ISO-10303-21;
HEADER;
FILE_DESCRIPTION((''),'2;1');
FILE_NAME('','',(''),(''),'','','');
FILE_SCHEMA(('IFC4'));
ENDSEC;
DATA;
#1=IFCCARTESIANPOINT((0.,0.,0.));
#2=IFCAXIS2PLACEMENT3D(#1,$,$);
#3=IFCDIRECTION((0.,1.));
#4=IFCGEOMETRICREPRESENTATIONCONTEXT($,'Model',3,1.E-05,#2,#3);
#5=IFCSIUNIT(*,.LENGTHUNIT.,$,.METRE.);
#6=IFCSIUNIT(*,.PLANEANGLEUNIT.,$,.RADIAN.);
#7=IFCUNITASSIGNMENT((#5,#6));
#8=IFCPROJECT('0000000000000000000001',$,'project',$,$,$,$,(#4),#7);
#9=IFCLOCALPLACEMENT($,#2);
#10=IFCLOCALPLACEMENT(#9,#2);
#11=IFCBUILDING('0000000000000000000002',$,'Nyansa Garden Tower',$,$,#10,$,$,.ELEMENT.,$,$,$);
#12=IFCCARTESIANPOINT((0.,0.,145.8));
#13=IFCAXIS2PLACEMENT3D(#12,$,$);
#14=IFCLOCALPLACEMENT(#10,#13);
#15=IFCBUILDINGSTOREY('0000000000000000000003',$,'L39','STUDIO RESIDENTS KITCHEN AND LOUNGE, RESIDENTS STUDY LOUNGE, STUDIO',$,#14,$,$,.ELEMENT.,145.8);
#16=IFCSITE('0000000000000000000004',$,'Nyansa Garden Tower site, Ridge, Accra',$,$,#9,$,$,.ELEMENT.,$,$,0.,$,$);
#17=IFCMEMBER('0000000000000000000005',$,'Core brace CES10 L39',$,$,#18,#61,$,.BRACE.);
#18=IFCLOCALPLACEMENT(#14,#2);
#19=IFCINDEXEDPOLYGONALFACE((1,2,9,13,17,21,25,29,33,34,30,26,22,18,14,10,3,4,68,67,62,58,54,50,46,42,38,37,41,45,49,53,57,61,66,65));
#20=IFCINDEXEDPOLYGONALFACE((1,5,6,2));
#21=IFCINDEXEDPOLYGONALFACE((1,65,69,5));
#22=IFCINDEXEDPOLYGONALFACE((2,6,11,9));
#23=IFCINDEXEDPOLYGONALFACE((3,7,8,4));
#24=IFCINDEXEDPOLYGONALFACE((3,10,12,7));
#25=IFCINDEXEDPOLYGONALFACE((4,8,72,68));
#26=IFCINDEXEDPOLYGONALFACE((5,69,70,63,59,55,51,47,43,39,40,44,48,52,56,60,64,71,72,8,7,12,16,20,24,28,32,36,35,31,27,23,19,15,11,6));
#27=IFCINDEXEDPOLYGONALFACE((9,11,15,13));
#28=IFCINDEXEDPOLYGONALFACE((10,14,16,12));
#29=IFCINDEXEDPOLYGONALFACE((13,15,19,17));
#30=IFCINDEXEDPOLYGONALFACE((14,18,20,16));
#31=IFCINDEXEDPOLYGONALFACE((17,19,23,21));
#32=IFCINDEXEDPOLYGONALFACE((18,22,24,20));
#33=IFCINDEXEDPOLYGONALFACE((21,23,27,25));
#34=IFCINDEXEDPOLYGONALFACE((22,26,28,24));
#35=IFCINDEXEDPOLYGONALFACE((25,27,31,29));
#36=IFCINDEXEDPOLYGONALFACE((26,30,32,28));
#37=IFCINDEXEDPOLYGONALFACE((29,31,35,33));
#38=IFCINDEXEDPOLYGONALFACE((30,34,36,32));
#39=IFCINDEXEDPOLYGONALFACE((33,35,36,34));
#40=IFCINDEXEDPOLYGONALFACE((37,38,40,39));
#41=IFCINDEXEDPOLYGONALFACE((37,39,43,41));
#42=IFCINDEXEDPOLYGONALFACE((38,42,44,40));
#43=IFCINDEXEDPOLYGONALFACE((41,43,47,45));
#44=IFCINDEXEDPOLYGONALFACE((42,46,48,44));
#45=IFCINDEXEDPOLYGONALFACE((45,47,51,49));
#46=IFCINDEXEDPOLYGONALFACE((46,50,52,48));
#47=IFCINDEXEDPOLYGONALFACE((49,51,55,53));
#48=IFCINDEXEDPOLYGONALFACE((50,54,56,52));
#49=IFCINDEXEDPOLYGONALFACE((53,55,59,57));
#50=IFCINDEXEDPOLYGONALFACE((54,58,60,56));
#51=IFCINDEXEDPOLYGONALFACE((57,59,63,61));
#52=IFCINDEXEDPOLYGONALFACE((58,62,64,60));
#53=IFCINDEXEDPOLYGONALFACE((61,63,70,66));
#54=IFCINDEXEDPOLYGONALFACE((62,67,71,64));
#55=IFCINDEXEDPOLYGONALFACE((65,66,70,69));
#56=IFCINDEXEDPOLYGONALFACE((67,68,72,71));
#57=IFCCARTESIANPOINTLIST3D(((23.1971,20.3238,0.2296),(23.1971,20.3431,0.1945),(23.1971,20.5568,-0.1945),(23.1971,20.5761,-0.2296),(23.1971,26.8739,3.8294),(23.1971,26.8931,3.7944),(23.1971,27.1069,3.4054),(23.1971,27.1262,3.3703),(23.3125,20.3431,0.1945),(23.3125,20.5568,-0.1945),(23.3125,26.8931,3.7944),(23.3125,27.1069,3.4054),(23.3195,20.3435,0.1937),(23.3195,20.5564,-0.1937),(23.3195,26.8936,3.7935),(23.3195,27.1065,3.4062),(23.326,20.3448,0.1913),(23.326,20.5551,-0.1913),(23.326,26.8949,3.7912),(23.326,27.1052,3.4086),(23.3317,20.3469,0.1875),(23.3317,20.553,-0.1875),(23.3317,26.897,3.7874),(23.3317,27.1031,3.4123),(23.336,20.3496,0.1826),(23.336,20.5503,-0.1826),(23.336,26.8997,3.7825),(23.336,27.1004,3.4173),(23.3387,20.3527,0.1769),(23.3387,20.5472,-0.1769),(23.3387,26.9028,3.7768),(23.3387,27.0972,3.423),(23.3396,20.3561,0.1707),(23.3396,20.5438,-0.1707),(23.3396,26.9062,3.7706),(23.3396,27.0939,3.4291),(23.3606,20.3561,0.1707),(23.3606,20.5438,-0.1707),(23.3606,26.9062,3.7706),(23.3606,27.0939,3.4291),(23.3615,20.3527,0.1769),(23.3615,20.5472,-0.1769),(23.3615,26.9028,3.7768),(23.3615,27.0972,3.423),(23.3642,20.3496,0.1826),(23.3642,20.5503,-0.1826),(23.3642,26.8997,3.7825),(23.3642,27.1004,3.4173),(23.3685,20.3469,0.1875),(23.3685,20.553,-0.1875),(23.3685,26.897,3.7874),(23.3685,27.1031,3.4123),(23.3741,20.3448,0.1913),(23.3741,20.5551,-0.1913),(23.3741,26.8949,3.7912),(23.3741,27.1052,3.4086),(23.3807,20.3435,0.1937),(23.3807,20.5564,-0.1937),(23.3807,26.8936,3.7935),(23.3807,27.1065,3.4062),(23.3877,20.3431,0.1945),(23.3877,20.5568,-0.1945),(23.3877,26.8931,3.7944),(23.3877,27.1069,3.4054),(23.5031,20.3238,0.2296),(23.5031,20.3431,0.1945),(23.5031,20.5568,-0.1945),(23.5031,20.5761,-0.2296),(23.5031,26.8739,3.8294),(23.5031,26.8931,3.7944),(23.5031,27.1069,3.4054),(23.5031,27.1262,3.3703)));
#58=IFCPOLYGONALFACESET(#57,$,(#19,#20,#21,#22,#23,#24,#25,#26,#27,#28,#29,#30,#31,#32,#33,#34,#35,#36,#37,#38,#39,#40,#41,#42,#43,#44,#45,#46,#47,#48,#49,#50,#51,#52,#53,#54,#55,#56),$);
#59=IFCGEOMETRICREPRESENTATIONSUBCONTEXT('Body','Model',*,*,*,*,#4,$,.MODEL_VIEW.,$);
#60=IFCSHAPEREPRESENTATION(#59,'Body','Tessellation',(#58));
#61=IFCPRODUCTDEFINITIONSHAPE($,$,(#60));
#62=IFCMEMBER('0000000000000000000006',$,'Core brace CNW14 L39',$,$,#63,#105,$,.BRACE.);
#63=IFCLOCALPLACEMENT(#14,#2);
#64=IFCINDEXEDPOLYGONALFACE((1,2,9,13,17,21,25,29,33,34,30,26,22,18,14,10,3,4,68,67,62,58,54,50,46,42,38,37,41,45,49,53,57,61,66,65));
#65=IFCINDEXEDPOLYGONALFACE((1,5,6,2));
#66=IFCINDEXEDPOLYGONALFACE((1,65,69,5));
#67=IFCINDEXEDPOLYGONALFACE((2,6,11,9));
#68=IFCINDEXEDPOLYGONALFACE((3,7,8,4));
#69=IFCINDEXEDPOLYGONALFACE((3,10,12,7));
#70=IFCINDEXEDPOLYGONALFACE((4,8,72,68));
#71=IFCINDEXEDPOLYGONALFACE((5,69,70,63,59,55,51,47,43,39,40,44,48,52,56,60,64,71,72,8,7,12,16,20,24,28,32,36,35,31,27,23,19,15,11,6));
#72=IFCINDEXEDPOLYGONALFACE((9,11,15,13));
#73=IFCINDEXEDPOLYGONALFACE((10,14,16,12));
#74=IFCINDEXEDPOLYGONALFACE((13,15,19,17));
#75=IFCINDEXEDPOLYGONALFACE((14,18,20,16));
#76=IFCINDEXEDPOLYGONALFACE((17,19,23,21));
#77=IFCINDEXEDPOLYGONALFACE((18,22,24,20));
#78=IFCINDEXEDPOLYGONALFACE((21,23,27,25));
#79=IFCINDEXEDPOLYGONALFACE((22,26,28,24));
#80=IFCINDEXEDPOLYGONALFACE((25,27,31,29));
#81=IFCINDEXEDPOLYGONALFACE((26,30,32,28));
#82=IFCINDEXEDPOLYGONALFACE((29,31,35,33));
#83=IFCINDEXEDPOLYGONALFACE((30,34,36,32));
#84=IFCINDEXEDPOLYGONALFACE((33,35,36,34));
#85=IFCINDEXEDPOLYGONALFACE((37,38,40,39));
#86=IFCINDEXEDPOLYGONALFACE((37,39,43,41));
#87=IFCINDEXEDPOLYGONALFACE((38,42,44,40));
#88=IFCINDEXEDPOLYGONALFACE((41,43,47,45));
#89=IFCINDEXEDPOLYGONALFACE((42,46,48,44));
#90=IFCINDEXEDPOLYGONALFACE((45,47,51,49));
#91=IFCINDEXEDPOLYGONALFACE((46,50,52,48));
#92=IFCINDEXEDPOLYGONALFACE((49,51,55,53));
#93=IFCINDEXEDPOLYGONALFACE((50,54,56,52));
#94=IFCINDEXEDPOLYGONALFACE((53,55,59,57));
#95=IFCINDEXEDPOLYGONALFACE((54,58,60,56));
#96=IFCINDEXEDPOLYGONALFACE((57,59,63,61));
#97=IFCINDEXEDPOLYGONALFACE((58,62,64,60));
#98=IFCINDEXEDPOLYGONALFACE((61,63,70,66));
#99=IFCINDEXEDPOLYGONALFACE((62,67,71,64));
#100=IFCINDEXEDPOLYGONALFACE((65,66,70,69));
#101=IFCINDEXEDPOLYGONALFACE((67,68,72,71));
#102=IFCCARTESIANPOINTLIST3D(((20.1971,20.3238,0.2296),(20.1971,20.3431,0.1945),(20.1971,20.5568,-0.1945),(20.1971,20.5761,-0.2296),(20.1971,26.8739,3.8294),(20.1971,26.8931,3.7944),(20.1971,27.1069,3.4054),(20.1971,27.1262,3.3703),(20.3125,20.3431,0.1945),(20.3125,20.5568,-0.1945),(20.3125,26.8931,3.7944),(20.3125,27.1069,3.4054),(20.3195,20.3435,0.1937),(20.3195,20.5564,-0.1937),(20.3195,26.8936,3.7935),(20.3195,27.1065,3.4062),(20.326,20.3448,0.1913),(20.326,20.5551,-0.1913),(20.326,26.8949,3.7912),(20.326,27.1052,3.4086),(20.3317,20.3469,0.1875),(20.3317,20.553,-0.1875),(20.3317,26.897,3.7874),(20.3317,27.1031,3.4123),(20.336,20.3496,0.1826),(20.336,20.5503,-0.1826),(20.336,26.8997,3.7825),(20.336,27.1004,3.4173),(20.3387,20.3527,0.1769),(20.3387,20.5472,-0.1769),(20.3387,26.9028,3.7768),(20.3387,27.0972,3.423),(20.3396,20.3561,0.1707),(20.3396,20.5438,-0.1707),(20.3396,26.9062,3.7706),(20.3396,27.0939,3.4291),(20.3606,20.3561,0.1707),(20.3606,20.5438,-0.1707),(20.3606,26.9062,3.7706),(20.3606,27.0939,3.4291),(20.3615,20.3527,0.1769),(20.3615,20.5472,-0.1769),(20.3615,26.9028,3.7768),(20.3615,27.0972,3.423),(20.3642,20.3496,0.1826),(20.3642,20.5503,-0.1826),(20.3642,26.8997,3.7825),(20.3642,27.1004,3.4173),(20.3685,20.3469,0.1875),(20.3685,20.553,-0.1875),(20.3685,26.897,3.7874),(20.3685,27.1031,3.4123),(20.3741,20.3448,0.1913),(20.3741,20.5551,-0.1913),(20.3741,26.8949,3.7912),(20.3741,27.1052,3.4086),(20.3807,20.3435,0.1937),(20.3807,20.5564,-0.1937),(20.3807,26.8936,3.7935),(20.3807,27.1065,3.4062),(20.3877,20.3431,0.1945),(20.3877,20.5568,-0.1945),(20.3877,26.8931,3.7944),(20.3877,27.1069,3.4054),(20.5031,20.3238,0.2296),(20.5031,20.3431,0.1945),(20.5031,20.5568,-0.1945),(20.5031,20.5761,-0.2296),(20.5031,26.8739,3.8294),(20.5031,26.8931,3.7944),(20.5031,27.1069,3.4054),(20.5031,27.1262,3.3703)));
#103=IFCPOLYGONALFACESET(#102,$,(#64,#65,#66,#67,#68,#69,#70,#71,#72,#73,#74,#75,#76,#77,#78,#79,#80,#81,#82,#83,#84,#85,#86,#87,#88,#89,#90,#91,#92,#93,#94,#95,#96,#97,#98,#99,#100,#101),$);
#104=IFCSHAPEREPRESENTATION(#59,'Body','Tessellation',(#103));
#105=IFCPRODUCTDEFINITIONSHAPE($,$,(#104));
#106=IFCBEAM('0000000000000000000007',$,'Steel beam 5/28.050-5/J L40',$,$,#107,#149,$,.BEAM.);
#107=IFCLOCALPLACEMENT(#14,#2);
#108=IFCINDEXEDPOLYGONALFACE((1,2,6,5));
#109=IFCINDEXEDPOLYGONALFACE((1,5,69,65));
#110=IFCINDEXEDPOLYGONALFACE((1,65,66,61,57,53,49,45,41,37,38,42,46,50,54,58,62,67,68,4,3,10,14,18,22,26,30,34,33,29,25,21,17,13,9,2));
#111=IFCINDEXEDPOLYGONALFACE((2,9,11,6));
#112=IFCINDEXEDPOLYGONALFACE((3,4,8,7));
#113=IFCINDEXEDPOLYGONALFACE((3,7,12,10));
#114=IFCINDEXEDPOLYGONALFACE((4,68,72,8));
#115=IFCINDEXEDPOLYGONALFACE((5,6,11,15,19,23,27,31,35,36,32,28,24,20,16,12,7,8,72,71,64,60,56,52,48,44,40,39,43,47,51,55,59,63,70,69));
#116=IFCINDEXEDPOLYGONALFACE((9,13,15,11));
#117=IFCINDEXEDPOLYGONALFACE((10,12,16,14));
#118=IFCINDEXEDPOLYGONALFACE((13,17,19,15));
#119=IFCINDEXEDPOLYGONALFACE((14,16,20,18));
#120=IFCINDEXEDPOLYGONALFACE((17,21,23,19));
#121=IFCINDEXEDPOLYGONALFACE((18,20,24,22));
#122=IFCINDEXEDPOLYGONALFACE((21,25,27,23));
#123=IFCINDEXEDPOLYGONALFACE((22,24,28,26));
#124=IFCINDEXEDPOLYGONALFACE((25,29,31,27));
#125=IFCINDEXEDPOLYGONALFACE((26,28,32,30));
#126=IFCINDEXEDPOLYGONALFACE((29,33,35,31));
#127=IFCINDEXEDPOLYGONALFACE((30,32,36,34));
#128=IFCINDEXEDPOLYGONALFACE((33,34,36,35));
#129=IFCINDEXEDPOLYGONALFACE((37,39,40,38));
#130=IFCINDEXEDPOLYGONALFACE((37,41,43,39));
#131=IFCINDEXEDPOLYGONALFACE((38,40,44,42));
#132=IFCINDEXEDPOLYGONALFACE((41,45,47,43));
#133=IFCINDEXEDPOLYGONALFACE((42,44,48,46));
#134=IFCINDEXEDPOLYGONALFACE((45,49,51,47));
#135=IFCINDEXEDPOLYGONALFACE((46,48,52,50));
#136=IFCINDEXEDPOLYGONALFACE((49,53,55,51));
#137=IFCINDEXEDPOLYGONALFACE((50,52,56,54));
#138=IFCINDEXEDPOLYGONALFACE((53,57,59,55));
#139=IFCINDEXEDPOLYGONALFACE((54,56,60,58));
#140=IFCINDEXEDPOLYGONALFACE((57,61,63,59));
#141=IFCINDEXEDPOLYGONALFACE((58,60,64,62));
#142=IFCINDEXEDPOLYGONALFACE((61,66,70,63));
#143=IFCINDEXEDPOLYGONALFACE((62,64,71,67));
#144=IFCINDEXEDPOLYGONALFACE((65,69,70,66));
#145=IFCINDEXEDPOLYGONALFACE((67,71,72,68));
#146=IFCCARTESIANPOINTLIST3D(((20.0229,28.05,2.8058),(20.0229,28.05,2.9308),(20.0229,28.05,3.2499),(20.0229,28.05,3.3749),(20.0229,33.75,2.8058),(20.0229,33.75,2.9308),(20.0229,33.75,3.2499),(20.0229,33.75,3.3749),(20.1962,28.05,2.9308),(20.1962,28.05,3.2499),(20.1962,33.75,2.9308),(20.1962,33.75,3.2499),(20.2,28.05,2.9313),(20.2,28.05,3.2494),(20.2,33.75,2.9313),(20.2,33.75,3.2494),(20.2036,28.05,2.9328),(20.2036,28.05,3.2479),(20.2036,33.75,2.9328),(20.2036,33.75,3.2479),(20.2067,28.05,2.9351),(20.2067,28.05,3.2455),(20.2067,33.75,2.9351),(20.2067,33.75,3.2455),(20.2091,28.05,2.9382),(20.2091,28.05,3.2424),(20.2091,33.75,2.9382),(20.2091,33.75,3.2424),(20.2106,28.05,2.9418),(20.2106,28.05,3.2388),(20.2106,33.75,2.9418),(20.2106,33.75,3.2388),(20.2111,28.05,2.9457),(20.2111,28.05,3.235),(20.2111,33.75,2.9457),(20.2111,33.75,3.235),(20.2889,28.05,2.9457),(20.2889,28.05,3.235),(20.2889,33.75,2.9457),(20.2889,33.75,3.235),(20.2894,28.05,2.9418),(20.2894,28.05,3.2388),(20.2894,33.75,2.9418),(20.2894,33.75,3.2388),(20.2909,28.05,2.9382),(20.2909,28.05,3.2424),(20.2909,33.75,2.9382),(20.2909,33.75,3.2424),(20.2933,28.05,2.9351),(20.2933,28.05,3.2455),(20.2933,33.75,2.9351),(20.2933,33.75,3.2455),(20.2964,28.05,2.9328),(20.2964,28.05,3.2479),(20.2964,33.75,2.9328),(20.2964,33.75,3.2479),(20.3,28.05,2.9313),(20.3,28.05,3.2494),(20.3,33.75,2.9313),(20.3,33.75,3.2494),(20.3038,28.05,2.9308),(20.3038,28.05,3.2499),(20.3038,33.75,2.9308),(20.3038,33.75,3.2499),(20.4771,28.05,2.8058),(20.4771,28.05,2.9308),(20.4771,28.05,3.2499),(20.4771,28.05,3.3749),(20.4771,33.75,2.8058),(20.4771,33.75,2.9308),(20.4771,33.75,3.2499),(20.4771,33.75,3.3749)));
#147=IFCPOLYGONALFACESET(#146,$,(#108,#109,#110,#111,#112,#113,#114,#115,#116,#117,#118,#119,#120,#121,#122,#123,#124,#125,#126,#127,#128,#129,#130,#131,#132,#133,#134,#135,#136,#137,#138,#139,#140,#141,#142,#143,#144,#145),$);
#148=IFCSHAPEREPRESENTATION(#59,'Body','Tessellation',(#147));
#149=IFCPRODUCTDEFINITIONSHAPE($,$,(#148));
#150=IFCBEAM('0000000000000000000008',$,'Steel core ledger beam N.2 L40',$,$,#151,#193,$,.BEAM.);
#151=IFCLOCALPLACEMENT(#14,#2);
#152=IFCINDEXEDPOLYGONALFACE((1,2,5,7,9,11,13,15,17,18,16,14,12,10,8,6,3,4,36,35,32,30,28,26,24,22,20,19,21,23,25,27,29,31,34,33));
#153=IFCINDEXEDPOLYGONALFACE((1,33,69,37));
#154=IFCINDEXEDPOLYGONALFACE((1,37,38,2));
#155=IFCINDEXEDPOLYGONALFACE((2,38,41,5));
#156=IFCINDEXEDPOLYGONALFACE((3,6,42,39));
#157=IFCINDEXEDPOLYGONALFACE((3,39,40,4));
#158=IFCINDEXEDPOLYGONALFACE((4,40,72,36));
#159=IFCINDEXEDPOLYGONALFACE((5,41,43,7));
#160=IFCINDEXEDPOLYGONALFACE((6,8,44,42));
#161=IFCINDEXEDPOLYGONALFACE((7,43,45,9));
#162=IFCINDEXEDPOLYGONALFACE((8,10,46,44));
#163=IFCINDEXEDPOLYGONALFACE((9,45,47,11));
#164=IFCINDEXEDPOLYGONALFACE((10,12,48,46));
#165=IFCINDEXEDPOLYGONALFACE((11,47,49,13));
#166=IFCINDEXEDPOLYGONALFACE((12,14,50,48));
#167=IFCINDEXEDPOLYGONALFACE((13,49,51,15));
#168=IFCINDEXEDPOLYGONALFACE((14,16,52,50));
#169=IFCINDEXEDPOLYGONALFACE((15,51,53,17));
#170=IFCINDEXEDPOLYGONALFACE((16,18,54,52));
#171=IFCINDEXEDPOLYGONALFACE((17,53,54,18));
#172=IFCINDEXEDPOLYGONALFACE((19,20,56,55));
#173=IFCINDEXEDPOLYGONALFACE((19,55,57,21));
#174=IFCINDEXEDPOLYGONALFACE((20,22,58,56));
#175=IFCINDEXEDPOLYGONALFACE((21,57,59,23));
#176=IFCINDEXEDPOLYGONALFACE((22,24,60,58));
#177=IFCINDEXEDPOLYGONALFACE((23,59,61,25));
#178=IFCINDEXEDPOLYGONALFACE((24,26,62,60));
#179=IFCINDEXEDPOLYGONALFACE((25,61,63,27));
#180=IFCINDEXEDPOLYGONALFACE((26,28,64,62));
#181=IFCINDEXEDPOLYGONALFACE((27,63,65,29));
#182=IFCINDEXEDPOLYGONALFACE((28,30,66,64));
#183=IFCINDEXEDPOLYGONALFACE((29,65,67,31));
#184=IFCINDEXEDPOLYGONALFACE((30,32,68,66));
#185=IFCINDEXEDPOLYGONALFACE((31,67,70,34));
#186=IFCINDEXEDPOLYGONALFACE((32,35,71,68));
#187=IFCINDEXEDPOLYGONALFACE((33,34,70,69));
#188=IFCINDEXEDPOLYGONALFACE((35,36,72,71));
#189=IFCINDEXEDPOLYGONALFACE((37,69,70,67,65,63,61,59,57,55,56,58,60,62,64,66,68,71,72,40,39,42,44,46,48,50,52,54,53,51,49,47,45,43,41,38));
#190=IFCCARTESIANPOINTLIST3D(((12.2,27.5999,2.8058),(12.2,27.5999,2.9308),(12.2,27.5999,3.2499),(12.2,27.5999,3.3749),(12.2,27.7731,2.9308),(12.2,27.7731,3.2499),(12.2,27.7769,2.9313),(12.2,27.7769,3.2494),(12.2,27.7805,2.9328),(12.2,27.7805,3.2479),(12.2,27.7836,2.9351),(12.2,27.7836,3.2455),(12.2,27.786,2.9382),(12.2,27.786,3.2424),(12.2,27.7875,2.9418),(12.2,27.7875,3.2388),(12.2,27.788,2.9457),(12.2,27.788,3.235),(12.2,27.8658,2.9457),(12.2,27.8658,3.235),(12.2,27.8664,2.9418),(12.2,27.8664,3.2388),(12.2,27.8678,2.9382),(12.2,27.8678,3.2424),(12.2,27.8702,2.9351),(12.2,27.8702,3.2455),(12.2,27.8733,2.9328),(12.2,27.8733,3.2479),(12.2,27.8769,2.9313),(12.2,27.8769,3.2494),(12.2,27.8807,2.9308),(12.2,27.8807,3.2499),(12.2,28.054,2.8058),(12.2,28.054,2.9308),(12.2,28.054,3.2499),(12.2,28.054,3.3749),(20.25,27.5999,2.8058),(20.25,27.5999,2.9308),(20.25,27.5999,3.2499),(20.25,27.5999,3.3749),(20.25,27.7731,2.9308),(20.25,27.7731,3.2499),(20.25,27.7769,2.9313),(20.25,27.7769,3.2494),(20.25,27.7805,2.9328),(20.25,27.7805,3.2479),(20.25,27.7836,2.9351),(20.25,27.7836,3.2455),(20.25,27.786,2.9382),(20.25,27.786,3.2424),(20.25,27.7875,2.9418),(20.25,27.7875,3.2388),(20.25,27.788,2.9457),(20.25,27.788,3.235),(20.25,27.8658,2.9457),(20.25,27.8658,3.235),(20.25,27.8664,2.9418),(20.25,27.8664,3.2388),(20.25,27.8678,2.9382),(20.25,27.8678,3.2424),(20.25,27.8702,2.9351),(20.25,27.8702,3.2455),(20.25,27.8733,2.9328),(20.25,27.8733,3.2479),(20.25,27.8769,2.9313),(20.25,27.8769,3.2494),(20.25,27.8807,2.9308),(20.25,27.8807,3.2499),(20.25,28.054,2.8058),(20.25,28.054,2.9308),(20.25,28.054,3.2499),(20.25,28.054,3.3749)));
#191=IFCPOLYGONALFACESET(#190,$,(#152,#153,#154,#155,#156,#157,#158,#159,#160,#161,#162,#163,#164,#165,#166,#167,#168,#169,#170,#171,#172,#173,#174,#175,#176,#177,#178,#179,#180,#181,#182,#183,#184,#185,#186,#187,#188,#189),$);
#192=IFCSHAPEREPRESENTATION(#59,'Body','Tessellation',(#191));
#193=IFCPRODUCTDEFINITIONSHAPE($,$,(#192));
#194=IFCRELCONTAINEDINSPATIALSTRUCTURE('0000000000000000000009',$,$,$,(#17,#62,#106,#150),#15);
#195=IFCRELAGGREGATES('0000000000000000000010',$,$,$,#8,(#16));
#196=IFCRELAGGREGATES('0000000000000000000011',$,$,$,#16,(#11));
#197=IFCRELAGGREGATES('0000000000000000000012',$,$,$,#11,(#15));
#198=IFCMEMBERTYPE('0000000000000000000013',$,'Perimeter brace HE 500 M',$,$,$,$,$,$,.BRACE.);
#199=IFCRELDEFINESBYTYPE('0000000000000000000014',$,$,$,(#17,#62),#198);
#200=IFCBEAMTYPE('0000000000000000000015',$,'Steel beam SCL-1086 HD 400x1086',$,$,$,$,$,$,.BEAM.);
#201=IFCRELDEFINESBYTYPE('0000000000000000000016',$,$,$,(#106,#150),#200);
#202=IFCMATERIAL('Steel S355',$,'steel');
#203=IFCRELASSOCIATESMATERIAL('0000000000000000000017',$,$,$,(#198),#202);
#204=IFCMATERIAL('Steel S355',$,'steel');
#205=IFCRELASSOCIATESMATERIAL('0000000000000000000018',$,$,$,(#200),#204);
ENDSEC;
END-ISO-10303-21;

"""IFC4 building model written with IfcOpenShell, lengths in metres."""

from ifc_helpers import new_model, si_unit, direction, frame, origin, origin_2d, place, context, subcontext, project, spatial, i_section, extrude, material, material_profile, profile_set, type_object, element, save


model = new_model("IFC4")

# Units and contexts
model_context = context("Model", 3, precision=1e-05, world=origin(), true_north=direction((0.0, 1.0)))
body_context = subcontext(model_context, "Body", "Model", "MODEL_VIEW")
ifc_project = project(units=[si_unit("LENGTHUNIT", "METRE"), si_unit("PLANEANGLEUNIT", "RADIAN")], contexts=[model_context])

# Site, building, storey
site_placement = place(None, origin())
site = spatial("IfcSite", under=ifc_project, at=site_placement, Name="Nyansa Garden Tower site, Ridge, Accra", CompositionType="ELEMENT", RefElevation=0.0)
building_placement = place(site_placement, origin())
building = spatial("IfcBuilding", under=site, at=building_placement, Name="Nyansa Garden Tower", CompositionType="ELEMENT")
storey_placement = place(building_placement, frame((0.0, 0.0, 145.8)))
storey = spatial("IfcBuildingStorey", under=building, at=storey_placement, Name="L39", Description="STUDIO RESIDENTS KITCHEN AND LOUNGE, RESIDENTS STUDY LOUNGE, STUDIO", CompositionType="ELEMENT", Elevation=145.8)

# Members
ifc_material_1 = material(Name="Steel S355", Category="steel")
ifc_material_profile_1 = material_profile(ifc_material_1, i_section(OverallWidth=0.3059, OverallDepth=0.5239, WebThickness=0.021, FlangeThickness=0.04, FilletRadius=0.0271, at=origin_2d()), Name="HE 500 M")
ifc_profile_set_1 = profile_set([ifc_material_profile_1], Name="Steel S355")
member_type = type_object("IfcMemberType", Name="Perimeter brace HE 500 M", PredefinedType="BRACE", material=ifc_profile_set_1)
for number, where, z_axis, x_axis, name in (
    (1, (23.3501, 20.45, 0.0), (0.0, 0.876367, 0.481644), (-1.0, 0.0, 0.0), "Core brace CES10 L39"),
    (2, (20.3501, 20.45, 0.0), (0.0, 0.876367, 0.481644), (-1.0, 0.0, 0.0), "Core brace CNW14 L39"),
):
    element("IfcMember", number, at=place(storey_placement, frame(where, z_axis=z_axis, x_axis=x_axis)), inside=storey, type_object=member_type, Name=name, PredefinedType="BRACE", context=body_context, shape_type="SweptSolid", body=[
        extrude(i_section(OverallWidth=0.3059, OverallDepth=0.5239, WebThickness=0.021, FlangeThickness=0.04, FilletRadius=0.0271, at=origin_2d()), origin(), (0.0, 0.0, 1.0), 7.4741),
    ])

# Beams
ifc_material_2 = material(Name="Steel S355", Category="steel")
ifc_material_profile_2 = material_profile(ifc_material_2, i_section(OverallWidth=0.4541, OverallDepth=0.5691, WebThickness=0.0779, FlangeThickness=0.125, FilletRadius=0.0149, at=origin_2d()), Name="HD 400x1086")
ifc_profile_set_2 = profile_set([ifc_material_profile_2], Name="Steel S355")
beam_type = type_object("IfcBeamType", Name="Steel beam SCL-1086 HD 400x1086", PredefinedType="BEAM", material=ifc_profile_set_2)
beam_1_placement = place(storey_placement, frame((20.25, 28.05, 3.0903), z_axis=(0.0, 1.0, 0.0), x_axis=(-1.0, 0.0, 0.0)))
element("IfcBeam", 3, at=beam_1_placement, inside=storey, type_object=beam_type, Name="Steel beam 5/28.050-5/J L40", PredefinedType="BEAM", context=body_context, shape_type="SweptSolid", body=[
    extrude(i_section(OverallWidth=0.4541, OverallDepth=0.5691, WebThickness=0.0779, FlangeThickness=0.125, FilletRadius=0.0149, at=origin_2d()), origin(), (0.0, 0.0, 1.0), 5.7),
])
beam_2_placement = place(storey_placement, frame((20.25, 27.8269, 3.0903), z_axis=(-1.0, 0.0, 0.0), x_axis=(0.0, -1.0, 0.0)))
element("IfcBeam", 4, at=beam_2_placement, inside=storey, type_object=beam_type, Name="Steel core ledger beam N.2 L40", PredefinedType="BEAM", context=body_context, shape_type="SweptSolid", body=[
    extrude(i_section(OverallWidth=0.4541, OverallDepth=0.5691, WebThickness=0.0779, FlangeThickness=0.125, FilletRadius=0.0149, at=origin_2d()), origin(), (0.0, 0.0, 1.0), 8.05),
])

save(model, "model.ifc")
